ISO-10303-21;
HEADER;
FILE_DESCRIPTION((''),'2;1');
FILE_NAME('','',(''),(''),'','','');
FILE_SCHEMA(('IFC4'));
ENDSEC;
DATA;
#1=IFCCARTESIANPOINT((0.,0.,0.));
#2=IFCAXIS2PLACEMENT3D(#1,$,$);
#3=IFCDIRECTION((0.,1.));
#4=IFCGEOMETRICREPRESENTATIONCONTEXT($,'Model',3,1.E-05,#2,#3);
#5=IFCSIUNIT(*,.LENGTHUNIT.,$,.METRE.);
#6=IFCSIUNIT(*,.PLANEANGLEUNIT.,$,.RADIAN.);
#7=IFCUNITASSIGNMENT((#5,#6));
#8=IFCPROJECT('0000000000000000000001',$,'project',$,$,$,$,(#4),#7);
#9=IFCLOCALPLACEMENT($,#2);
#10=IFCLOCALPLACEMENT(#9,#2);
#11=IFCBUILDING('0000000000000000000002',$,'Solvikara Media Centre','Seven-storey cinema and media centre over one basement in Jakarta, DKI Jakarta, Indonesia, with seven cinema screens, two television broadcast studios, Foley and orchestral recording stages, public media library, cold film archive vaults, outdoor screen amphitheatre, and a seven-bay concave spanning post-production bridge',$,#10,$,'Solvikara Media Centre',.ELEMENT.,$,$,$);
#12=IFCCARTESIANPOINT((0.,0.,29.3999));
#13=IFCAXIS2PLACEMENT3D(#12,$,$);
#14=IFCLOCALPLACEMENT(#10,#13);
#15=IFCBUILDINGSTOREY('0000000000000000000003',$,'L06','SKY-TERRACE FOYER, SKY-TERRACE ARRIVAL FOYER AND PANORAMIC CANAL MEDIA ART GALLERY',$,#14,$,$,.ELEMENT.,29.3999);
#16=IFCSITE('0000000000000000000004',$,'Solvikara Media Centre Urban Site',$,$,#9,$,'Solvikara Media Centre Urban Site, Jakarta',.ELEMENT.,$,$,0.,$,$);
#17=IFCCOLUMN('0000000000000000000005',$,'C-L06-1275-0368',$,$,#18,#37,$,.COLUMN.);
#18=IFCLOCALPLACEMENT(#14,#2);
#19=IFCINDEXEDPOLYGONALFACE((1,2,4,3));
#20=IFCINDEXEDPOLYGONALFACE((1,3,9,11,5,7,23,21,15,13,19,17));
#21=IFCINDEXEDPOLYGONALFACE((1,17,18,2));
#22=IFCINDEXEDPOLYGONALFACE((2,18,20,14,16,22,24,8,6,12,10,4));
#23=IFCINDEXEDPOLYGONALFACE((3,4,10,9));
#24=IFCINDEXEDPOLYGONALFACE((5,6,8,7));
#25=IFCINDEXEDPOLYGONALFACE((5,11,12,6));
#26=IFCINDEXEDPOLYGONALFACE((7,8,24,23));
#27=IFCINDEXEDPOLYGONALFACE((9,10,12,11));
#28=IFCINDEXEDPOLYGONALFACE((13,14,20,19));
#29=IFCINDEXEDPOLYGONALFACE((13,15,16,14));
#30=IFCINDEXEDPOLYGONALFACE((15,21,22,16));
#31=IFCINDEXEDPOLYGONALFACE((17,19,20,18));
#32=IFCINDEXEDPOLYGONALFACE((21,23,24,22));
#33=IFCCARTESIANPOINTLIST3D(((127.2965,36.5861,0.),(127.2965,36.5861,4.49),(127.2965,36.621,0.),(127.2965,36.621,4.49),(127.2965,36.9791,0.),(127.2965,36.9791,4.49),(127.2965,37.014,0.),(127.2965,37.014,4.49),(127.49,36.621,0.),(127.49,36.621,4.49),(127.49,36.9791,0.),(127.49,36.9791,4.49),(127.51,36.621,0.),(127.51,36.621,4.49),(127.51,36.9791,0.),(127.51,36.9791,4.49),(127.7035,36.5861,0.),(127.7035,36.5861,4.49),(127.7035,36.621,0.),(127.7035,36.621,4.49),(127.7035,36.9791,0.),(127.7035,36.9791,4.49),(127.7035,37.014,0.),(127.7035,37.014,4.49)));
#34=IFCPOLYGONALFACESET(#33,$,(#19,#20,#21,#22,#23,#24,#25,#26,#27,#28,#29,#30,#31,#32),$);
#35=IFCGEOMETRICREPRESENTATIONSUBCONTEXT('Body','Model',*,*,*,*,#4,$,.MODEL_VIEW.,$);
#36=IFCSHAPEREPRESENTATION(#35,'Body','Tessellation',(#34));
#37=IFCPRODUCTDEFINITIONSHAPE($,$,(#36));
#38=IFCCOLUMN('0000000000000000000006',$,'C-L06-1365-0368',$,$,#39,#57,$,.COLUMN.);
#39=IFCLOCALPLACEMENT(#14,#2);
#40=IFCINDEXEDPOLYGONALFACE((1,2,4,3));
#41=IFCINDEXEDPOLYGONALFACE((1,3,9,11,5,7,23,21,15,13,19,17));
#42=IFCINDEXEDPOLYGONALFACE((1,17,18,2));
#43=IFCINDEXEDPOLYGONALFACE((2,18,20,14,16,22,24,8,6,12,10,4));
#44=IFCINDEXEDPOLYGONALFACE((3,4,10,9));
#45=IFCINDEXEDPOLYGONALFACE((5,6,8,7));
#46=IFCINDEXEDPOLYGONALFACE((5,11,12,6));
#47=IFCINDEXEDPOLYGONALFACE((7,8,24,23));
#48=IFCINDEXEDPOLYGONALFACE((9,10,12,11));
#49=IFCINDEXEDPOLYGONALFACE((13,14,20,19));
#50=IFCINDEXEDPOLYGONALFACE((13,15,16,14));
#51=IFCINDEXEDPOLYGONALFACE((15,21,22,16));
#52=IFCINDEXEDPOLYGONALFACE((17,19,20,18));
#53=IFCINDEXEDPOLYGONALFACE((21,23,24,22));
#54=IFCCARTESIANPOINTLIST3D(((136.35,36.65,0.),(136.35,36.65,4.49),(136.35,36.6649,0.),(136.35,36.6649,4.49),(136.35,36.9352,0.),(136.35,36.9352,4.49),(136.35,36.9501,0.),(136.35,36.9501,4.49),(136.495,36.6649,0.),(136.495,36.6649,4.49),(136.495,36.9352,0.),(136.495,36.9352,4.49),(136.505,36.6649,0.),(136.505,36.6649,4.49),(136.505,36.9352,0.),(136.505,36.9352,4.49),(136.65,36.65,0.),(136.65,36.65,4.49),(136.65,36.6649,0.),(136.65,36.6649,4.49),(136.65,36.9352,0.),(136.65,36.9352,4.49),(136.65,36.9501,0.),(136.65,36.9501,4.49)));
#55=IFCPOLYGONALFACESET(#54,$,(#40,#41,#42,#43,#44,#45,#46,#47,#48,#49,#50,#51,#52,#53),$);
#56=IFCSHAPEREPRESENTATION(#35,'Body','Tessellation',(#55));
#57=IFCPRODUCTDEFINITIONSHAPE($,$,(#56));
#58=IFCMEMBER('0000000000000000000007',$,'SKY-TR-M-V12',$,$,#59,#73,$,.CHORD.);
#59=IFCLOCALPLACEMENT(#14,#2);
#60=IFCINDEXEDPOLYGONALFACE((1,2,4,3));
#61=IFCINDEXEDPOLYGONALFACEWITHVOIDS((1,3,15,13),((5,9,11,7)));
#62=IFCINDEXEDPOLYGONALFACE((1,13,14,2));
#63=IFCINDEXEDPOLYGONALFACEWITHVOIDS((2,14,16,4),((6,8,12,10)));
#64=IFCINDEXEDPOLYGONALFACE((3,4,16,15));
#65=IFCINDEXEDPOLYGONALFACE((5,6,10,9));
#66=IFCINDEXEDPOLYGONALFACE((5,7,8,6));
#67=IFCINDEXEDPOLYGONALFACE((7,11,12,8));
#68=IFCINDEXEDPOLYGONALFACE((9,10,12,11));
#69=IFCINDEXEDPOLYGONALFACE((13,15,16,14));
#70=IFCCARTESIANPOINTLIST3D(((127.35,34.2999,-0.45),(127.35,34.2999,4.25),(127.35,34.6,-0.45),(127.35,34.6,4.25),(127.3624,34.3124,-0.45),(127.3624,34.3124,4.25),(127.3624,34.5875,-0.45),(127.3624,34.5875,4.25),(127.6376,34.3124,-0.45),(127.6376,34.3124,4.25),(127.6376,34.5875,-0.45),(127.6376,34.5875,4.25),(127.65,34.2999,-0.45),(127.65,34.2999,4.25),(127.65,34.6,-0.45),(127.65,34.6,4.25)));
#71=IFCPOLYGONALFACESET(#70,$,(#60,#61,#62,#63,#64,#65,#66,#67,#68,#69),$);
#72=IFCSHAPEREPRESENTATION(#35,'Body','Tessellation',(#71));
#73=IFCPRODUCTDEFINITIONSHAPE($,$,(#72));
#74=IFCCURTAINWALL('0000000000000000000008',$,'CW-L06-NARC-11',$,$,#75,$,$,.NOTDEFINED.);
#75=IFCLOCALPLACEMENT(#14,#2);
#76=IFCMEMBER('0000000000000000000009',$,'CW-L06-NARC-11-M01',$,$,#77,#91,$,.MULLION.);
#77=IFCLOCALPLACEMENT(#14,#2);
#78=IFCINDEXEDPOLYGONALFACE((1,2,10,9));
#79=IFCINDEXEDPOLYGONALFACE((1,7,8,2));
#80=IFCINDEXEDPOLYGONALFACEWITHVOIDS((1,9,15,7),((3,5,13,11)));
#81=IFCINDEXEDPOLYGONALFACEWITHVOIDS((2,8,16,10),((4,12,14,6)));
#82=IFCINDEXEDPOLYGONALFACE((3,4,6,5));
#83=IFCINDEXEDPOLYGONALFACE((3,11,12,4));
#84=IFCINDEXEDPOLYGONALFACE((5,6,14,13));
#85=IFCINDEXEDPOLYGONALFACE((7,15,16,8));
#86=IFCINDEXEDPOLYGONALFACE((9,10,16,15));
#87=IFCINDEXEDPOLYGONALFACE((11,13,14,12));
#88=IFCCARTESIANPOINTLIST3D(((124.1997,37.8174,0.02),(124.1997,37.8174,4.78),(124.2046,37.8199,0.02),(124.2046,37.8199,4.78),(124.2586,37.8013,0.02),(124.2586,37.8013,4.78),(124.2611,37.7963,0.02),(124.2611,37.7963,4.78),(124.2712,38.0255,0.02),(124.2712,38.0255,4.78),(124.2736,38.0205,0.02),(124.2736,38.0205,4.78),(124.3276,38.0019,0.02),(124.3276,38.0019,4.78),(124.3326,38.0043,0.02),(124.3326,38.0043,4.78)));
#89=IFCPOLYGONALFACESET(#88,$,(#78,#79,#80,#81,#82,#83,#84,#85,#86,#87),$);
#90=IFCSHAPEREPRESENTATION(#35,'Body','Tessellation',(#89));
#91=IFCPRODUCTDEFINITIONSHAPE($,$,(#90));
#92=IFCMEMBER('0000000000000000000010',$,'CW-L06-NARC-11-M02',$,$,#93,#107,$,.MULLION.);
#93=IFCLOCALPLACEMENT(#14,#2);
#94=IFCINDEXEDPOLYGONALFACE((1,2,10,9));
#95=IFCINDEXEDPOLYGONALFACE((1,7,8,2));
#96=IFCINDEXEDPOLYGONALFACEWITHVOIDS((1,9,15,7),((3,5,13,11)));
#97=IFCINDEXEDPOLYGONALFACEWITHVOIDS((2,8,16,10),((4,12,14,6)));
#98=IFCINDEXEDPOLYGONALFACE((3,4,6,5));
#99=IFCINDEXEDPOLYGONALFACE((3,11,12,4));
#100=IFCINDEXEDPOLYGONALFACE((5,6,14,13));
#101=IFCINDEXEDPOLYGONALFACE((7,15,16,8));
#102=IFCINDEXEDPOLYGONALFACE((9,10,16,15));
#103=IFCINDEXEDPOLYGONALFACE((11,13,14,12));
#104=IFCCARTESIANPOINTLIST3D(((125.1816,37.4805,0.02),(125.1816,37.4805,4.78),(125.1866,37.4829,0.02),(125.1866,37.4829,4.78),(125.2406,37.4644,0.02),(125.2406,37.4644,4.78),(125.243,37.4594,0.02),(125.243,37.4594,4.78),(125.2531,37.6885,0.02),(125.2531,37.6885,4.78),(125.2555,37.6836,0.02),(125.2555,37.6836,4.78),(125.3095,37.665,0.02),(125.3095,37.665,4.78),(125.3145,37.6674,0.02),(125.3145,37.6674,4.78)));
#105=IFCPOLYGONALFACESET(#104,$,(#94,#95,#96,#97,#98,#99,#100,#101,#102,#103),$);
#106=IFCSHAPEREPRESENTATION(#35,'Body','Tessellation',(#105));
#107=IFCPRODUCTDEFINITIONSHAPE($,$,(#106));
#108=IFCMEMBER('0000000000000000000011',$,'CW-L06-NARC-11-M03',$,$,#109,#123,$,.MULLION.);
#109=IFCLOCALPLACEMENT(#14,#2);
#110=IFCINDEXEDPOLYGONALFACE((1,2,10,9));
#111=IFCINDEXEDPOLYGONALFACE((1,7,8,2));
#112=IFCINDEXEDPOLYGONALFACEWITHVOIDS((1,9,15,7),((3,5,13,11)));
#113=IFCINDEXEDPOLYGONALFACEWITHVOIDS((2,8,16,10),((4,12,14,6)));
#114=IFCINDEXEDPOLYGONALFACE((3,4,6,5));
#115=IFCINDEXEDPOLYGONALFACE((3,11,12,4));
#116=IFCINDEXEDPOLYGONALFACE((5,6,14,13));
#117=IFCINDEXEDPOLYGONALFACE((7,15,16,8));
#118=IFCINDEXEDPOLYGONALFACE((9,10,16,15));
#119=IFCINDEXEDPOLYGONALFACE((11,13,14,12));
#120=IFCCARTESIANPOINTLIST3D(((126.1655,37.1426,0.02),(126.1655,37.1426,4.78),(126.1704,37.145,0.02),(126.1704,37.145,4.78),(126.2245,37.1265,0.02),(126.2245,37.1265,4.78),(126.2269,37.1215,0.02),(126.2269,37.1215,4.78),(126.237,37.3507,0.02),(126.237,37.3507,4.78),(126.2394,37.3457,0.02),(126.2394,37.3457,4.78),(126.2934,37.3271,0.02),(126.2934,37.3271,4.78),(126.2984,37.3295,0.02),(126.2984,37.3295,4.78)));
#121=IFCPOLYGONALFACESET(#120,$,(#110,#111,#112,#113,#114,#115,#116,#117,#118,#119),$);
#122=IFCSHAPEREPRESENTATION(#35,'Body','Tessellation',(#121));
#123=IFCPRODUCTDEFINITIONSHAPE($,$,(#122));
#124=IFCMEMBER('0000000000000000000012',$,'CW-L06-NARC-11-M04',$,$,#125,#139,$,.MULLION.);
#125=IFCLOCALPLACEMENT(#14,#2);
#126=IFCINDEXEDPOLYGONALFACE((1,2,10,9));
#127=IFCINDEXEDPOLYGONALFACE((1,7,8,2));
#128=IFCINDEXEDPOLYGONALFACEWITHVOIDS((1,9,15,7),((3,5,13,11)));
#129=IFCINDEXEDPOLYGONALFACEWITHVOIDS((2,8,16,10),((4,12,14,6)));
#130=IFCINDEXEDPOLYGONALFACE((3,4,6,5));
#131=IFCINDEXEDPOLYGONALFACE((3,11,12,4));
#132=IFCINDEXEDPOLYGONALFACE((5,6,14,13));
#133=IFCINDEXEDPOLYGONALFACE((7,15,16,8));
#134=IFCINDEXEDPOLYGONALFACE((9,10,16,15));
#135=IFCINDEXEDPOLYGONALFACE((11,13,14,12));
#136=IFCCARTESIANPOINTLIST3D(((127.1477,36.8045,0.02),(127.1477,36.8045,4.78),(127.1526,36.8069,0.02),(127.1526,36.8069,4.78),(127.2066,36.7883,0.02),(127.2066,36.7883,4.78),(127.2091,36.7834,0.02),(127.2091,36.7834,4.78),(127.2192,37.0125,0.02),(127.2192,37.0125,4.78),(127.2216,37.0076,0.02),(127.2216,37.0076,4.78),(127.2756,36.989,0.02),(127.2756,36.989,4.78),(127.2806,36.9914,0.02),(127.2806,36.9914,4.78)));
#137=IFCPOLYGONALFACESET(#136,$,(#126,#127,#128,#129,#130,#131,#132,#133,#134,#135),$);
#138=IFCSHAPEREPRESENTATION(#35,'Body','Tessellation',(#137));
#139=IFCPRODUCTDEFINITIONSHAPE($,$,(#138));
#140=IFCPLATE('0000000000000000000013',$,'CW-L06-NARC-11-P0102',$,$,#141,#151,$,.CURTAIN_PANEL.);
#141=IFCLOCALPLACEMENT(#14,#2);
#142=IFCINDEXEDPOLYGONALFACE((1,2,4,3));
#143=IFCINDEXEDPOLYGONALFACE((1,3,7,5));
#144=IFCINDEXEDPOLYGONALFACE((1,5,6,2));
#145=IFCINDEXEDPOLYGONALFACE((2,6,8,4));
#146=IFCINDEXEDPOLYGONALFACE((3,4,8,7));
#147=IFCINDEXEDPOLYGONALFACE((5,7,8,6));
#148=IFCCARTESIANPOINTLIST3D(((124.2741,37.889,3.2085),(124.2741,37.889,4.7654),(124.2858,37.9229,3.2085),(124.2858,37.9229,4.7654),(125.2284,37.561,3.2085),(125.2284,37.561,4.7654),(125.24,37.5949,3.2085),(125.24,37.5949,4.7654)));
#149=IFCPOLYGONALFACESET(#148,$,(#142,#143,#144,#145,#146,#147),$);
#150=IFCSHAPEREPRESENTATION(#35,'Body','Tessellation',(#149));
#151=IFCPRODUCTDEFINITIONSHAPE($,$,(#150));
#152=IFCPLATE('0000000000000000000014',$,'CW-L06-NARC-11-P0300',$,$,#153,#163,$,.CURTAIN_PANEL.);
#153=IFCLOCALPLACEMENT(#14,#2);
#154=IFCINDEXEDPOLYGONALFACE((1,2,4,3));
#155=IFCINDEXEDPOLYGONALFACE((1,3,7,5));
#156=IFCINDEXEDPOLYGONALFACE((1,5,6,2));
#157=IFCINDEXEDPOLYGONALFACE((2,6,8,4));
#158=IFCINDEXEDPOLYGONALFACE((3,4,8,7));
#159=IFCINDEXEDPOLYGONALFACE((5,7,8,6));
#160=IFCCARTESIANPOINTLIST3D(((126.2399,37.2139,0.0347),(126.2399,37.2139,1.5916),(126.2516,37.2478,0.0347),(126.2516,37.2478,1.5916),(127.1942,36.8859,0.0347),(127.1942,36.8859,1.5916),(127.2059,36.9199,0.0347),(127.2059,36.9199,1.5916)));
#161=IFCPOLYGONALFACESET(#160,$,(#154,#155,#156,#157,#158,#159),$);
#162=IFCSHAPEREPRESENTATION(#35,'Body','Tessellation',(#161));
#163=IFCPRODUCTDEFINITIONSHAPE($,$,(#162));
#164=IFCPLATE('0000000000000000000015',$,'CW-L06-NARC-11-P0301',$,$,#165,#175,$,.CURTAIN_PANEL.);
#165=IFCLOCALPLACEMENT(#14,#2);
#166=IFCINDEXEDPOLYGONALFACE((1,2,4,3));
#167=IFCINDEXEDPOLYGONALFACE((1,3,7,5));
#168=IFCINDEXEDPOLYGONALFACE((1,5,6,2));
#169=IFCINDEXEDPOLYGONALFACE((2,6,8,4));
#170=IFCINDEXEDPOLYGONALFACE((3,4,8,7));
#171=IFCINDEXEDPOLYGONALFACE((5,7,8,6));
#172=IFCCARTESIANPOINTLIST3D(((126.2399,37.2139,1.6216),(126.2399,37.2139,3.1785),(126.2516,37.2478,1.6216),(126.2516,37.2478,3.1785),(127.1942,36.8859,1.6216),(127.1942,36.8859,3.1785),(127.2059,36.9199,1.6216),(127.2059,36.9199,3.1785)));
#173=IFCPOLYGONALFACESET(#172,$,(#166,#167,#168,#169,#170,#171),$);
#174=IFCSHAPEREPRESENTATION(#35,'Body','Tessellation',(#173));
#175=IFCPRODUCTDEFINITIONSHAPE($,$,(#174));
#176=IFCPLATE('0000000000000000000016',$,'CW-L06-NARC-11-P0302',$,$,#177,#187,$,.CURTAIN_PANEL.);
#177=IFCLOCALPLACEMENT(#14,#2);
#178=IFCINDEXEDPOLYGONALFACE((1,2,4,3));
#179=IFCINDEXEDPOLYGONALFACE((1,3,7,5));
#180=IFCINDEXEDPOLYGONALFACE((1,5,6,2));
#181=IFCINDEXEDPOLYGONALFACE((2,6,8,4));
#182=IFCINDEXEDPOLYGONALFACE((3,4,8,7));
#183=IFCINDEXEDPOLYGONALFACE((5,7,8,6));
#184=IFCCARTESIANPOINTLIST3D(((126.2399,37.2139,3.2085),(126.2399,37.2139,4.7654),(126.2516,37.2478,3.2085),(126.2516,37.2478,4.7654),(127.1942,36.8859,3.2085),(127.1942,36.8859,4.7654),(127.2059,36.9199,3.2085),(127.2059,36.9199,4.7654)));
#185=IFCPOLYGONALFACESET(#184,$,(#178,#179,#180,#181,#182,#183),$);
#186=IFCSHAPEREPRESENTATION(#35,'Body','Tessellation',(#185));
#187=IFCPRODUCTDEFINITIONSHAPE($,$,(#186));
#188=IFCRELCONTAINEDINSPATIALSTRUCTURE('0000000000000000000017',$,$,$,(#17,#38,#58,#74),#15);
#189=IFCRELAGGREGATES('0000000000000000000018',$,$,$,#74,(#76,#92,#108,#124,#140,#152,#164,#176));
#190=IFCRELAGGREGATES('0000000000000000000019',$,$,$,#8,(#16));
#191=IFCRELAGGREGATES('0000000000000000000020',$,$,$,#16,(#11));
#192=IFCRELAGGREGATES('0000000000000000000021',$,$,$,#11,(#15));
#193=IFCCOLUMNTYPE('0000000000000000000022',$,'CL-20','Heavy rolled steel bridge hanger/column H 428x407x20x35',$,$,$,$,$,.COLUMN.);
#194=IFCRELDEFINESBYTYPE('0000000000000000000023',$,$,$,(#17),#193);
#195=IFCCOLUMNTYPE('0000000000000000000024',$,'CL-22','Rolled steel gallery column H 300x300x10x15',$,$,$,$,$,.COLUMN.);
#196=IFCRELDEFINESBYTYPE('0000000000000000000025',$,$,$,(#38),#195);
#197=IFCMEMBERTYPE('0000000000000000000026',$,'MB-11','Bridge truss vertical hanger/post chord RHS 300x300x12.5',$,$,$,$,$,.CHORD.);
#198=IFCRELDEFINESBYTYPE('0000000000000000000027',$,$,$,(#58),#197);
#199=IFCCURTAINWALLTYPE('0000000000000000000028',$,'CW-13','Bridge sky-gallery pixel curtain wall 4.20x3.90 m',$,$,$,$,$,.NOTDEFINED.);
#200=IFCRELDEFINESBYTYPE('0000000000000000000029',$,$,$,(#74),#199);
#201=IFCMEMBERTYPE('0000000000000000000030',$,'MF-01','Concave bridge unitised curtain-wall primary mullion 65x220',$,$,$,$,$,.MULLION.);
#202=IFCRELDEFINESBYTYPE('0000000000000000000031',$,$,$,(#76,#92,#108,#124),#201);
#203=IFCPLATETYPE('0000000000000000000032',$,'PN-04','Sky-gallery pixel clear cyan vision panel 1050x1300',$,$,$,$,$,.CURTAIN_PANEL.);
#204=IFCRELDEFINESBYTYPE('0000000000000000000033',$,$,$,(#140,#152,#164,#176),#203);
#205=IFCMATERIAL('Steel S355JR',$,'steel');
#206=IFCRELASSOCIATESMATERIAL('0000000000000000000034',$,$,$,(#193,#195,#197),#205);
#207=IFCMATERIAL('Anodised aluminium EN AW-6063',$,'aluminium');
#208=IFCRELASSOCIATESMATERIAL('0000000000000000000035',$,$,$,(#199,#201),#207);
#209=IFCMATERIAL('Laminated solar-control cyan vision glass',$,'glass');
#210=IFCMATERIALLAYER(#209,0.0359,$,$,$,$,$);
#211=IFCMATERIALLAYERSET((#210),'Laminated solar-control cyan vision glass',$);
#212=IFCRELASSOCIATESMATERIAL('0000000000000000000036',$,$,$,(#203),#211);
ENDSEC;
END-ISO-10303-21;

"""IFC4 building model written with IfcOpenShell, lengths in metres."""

from ifc_helpers import new_model, si_unit, direction, frame, origin, origin_2d, place, context, subcontext, project, spatial, rectangle, hollow_rectangle, i_section, extrude, material, layer, layer_set, material_profile, profile_set, type_object, element, aggregate, save


model = new_model("IFC4")

# Units and contexts
model_context = context("Model", 3, precision=1e-05, world=origin(), true_north=direction((0.0, 1.0)))
body_context = subcontext(model_context, "Body", "Model", "MODEL_VIEW")
ifc_project = project(units=[si_unit("LENGTHUNIT", "METRE"), si_unit("PLANEANGLEUNIT", "RADIAN")], contexts=[model_context])

# Site, building, storey
site_placement = place(None, origin())
site = spatial("IfcSite", under=ifc_project, at=site_placement, Name="Solvikara Media Centre Urban Site", LongName="Solvikara Media Centre Urban Site, Jakarta", CompositionType="ELEMENT", RefElevation=0.0)
building_placement = place(site_placement, origin())
building = spatial("IfcBuilding", under=site, at=building_placement, Name="Solvikara Media Centre", Description="Seven-storey cinema and media centre over one basement in Jakarta, DKI Jakarta, Indonesia, with seven cinema screens, two television broadcast studios, Foley and orchestral recording stages, public media library, cold film archive vaults, outdoor screen amphitheatre, and a seven-bay concave spanning post-production bridge", LongName="Solvikara Media Centre", CompositionType="ELEMENT")
storey_placement = place(building_placement, frame((0.0, 0.0, 29.3999)))
storey = spatial("IfcBuildingStorey", under=building, at=storey_placement, Name="L06", Description="SKY-TERRACE FOYER, SKY-TERRACE ARRIVAL FOYER AND PANORAMIC CANAL MEDIA ART GALLERY", CompositionType="ELEMENT", Elevation=29.3999)

# Columns
ifc_material_1 = material(Name="Steel S355JR", Category="steel")
ifc_material_profile_1 = material_profile(ifc_material_1, i_section(OverallWidth=0.407, OverallDepth=0.428, WebThickness=0.02, FlangeThickness=0.0349, at=origin_2d()), Name="H 428x407x20x35")
ifc_profile_set_1 = profile_set([ifc_material_profile_1], Name="Steel S355JR")
column_type_1 = type_object("IfcColumnType", Name="CL-20", Description="Heavy rolled steel bridge hanger/column H 428x407x20x35", PredefinedType="COLUMN", material=ifc_profile_set_1)
column_1_placement = place(storey_placement, frame((127.5, 36.8, 0.0), z_axis=(0.0, 0.0, 1.0), x_axis=(1.0, 0.0, 0.0)))
element("IfcColumn", 1, at=column_1_placement, inside=storey, type_object=column_type_1, Name="C-L06-1275-0368", PredefinedType="COLUMN", context=body_context, shape_type="SweptSolid", body=[
    extrude(i_section(OverallWidth=0.407, OverallDepth=0.428, WebThickness=0.02, FlangeThickness=0.0349, at=origin_2d()), origin(), (0.0, 0.0, 1.0), 4.49),
])
ifc_material_profile_2 = material_profile(ifc_material_1, i_section(OverallWidth=0.3, OverallDepth=0.3, WebThickness=0.01, FlangeThickness=0.0149, at=origin_2d()), Name="H 300x300x10x15")
ifc_profile_set_2 = profile_set([ifc_material_profile_2], Name="Steel S355JR")
column_type_2 = type_object("IfcColumnType", Name="CL-22", Description="Rolled steel gallery column H 300x300x10x15", PredefinedType="COLUMN", material=ifc_profile_set_2)
column_2_placement = place(storey_placement, frame((136.5, 36.8, 0.0), z_axis=(0.0, 0.0, 1.0), x_axis=(1.0, 0.0, 0.0)))
element("IfcColumn", 2, at=column_2_placement, inside=storey, type_object=column_type_2, Name="C-L06-1365-0368", PredefinedType="COLUMN", context=body_context, shape_type="SweptSolid", body=[
    extrude(i_section(OverallWidth=0.3, OverallDepth=0.3, WebThickness=0.01, FlangeThickness=0.0149, at=origin_2d()), origin(), (0.0, 0.0, 1.0), 4.49),
])

# Member
ifc_material_profile_3 = material_profile(ifc_material_1, hollow_rectangle(XDim=0.3, YDim=0.3, WallThickness=0.0125, at=origin_2d()), Name="RHS 300x300x12.5")
ifc_profile_set_3 = profile_set([ifc_material_profile_3], Name="Steel S355JR")
member_type_1 = type_object("IfcMemberType", Name="MB-11", Description="Bridge truss vertical hanger/post chord RHS 300x300x12.5", PredefinedType="CHORD", material=ifc_profile_set_3)
member_1_placement = place(storey_placement, frame((127.5, 34.45, -0.45), z_axis=(0.0, 0.0, 1.0), x_axis=(1.0, 0.0, 0.0)))
element("IfcMember", 3, at=member_1_placement, inside=storey, type_object=member_type_1, Name="SKY-TR-M-V12", PredefinedType="CHORD", context=body_context, shape_type="SweptSolid", body=[
    extrude(hollow_rectangle(XDim=0.3, YDim=0.3, WallThickness=0.0125, at=origin_2d()), origin(), (0.0, 0.0, 1.0), 4.7),
])

# Curtain wall, members, plates
ifc_material_2 = material(Name="Anodised aluminium EN AW-6063", Category="aluminium")
curtain_wall_type = type_object("IfcCurtainWallType", Name="CW-13", Description="Bridge sky-gallery pixel curtain wall 4.20x3.90 m", PredefinedType="NOTDEFINED", material=ifc_material_2)
curtain_wall_placement = place(storey_placement, origin())
curtain_wall = element("IfcCurtainWall", 4, at=curtain_wall_placement, inside=storey, type_object=curtain_wall_type, Name="CW-L06-NARC-11", PredefinedType="NOTDEFINED")
ifc_material_profile_4 = material_profile(ifc_material_2, hollow_rectangle(XDim=0.0649, YDim=0.22, WallThickness=0.0039, at=origin_2d()), Name="ALU-M 65x220x4")
ifc_profile_set_4 = profile_set([ifc_material_profile_4], Name="Anodised aluminium EN AW-6063")
member_type_2 = type_object("IfcMemberType", Name="MF-01", Description="Concave bridge unitised curtain-wall primary mullion 65x220", PredefinedType="MULLION", material=ifc_profile_set_4)
member_2_placement = place(storey_placement, frame((124.2661, 37.9109, 0.02), z_axis=(0.0, 0.0, 1.0), x_axis=(0.945706, -0.325024, 0.0)))
member_2 = element("IfcMember", 5, at=member_2_placement, type_object=member_type_2, Name="CW-L06-NARC-11-M01", PredefinedType="MULLION", context=body_context, shape_type="SweptSolid", body=[
    extrude(hollow_rectangle(XDim=0.0649, YDim=0.22, WallThickness=0.0039, at=origin_2d()), origin(), (0.0, 0.0, 1.0), 4.76),
])
member_3_placement = place(storey_placement, frame((125.248, 37.574, 0.02), z_axis=(0.0, 0.0, 1.0), x_axis=(0.945706, -0.325024, 0.0)))
member_3 = element("IfcMember", 6, at=member_3_placement, type_object=member_type_2, Name="CW-L06-NARC-11-M02", PredefinedType="MULLION", context=body_context, shape_type="SweptSolid", body=[
    extrude(hollow_rectangle(XDim=0.0649, YDim=0.22, WallThickness=0.0039, at=origin_2d()), origin(), (0.0, 0.0, 1.0), 4.76),
])
member_4_placement = place(storey_placement, frame((126.2319, 37.2361, 0.02), z_axis=(0.0, 0.0, 1.0), x_axis=(0.945706, -0.325024, 0.0)))
member_4 = element("IfcMember", 7, at=member_4_placement, type_object=member_type_2, Name="CW-L06-NARC-11-M03", PredefinedType="MULLION", context=body_context, shape_type="SweptSolid", body=[
    extrude(hollow_rectangle(XDim=0.0649, YDim=0.22, WallThickness=0.0039, at=origin_2d()), origin(), (0.0, 0.0, 1.0), 4.76),
])
member_5_placement = place(storey_placement, frame((127.2141, 36.8979, 0.02), z_axis=(0.0, 0.0, 1.0), x_axis=(0.945706, -0.325024, 0.0)))
member_5 = element("IfcMember", 8, at=member_5_placement, type_object=member_type_2, Name="CW-L06-NARC-11-M04", PredefinedType="MULLION", context=body_context, shape_type="SweptSolid", body=[
    extrude(hollow_rectangle(XDim=0.0649, YDim=0.22, WallThickness=0.0039, at=origin_2d()), origin(), (0.0, 0.0, 1.0), 4.76),
])
ifc_material_3 = material(Name="Laminated solar-control cyan vision glass", Category="glass")
ifc_layer_1 = layer(ifc_material_3, 0.0359)
ifc_layer_set_1 = layer_set([ifc_layer_1], Name="Laminated solar-control cyan vision glass")
plate_type_1 = type_object("IfcPlateType", Name="PN-04", Description="Sky-gallery pixel clear cyan vision panel 1050x1300", PredefinedType="CURTAIN_PANEL", material=ifc_layer_set_1)
plate_1_placement = place(storey_placement, frame((124.7571, 37.7419, 3.2085), z_axis=(0.0, 0.0, 1.0), x_axis=(0.945706, -0.325024, 0.0)))
plate_1 = element("IfcPlate", 9, at=plate_1_placement, type_object=plate_type_1, Name="CW-L06-NARC-11-P0102", PredefinedType="CURTAIN_PANEL", context=body_context, shape_type="SweptSolid", body=[
    extrude(rectangle(XDim=1.009, YDim=0.0359, at=origin_2d()), origin(), (0.0, 0.0, 1.0), 1.5569),
])
plate_2_placement = place(storey_placement, frame((126.7229, 37.0669, 0.0347), z_axis=(0.0, 0.0, 1.0), x_axis=(0.945706, -0.325024, 0.0)))
plate_2 = element("IfcPlate", 10, at=plate_2_placement, type_object=plate_type_1, Name="CW-L06-NARC-11-P0300", PredefinedType="CURTAIN_PANEL", context=body_context, shape_type="SweptSolid", body=[
    extrude(rectangle(XDim=1.009, YDim=0.0359, at=origin_2d()), origin(), (0.0, 0.0, 1.0), 1.5569),
])
plate_3_placement = place(storey_placement, frame((126.7229, 37.0669, 1.6216), z_axis=(0.0, 0.0, 1.0), x_axis=(0.945706, -0.325024, 0.0)))
plate_3 = element("IfcPlate", 11, at=plate_3_placement, type_object=plate_type_1, Name="CW-L06-NARC-11-P0301", PredefinedType="CURTAIN_PANEL", context=body_context, shape_type="SweptSolid", body=[
    extrude(rectangle(XDim=1.009, YDim=0.0359, at=origin_2d()), origin(), (0.0, 0.0, 1.0), 1.5569),
])
plate_4_placement = place(storey_placement, frame((126.7229, 37.0669, 3.2085), z_axis=(0.0, 0.0, 1.0), x_axis=(0.945706, -0.325024, 0.0)))
plate_4 = element("IfcPlate", 12, at=plate_4_placement, type_object=plate_type_1, Name="CW-L06-NARC-11-P0302", PredefinedType="CURTAIN_PANEL", context=body_context, shape_type="SweptSolid", body=[
    extrude(rectangle(XDim=1.009, YDim=0.0359, at=origin_2d()), origin(), (0.0, 0.0, 1.0), 1.5569),
])
aggregate(curtain_wall, [member_2, member_3, member_4, member_5, plate_1, plate_2, plate_3, plate_4])

save(model, "model.ifc")
